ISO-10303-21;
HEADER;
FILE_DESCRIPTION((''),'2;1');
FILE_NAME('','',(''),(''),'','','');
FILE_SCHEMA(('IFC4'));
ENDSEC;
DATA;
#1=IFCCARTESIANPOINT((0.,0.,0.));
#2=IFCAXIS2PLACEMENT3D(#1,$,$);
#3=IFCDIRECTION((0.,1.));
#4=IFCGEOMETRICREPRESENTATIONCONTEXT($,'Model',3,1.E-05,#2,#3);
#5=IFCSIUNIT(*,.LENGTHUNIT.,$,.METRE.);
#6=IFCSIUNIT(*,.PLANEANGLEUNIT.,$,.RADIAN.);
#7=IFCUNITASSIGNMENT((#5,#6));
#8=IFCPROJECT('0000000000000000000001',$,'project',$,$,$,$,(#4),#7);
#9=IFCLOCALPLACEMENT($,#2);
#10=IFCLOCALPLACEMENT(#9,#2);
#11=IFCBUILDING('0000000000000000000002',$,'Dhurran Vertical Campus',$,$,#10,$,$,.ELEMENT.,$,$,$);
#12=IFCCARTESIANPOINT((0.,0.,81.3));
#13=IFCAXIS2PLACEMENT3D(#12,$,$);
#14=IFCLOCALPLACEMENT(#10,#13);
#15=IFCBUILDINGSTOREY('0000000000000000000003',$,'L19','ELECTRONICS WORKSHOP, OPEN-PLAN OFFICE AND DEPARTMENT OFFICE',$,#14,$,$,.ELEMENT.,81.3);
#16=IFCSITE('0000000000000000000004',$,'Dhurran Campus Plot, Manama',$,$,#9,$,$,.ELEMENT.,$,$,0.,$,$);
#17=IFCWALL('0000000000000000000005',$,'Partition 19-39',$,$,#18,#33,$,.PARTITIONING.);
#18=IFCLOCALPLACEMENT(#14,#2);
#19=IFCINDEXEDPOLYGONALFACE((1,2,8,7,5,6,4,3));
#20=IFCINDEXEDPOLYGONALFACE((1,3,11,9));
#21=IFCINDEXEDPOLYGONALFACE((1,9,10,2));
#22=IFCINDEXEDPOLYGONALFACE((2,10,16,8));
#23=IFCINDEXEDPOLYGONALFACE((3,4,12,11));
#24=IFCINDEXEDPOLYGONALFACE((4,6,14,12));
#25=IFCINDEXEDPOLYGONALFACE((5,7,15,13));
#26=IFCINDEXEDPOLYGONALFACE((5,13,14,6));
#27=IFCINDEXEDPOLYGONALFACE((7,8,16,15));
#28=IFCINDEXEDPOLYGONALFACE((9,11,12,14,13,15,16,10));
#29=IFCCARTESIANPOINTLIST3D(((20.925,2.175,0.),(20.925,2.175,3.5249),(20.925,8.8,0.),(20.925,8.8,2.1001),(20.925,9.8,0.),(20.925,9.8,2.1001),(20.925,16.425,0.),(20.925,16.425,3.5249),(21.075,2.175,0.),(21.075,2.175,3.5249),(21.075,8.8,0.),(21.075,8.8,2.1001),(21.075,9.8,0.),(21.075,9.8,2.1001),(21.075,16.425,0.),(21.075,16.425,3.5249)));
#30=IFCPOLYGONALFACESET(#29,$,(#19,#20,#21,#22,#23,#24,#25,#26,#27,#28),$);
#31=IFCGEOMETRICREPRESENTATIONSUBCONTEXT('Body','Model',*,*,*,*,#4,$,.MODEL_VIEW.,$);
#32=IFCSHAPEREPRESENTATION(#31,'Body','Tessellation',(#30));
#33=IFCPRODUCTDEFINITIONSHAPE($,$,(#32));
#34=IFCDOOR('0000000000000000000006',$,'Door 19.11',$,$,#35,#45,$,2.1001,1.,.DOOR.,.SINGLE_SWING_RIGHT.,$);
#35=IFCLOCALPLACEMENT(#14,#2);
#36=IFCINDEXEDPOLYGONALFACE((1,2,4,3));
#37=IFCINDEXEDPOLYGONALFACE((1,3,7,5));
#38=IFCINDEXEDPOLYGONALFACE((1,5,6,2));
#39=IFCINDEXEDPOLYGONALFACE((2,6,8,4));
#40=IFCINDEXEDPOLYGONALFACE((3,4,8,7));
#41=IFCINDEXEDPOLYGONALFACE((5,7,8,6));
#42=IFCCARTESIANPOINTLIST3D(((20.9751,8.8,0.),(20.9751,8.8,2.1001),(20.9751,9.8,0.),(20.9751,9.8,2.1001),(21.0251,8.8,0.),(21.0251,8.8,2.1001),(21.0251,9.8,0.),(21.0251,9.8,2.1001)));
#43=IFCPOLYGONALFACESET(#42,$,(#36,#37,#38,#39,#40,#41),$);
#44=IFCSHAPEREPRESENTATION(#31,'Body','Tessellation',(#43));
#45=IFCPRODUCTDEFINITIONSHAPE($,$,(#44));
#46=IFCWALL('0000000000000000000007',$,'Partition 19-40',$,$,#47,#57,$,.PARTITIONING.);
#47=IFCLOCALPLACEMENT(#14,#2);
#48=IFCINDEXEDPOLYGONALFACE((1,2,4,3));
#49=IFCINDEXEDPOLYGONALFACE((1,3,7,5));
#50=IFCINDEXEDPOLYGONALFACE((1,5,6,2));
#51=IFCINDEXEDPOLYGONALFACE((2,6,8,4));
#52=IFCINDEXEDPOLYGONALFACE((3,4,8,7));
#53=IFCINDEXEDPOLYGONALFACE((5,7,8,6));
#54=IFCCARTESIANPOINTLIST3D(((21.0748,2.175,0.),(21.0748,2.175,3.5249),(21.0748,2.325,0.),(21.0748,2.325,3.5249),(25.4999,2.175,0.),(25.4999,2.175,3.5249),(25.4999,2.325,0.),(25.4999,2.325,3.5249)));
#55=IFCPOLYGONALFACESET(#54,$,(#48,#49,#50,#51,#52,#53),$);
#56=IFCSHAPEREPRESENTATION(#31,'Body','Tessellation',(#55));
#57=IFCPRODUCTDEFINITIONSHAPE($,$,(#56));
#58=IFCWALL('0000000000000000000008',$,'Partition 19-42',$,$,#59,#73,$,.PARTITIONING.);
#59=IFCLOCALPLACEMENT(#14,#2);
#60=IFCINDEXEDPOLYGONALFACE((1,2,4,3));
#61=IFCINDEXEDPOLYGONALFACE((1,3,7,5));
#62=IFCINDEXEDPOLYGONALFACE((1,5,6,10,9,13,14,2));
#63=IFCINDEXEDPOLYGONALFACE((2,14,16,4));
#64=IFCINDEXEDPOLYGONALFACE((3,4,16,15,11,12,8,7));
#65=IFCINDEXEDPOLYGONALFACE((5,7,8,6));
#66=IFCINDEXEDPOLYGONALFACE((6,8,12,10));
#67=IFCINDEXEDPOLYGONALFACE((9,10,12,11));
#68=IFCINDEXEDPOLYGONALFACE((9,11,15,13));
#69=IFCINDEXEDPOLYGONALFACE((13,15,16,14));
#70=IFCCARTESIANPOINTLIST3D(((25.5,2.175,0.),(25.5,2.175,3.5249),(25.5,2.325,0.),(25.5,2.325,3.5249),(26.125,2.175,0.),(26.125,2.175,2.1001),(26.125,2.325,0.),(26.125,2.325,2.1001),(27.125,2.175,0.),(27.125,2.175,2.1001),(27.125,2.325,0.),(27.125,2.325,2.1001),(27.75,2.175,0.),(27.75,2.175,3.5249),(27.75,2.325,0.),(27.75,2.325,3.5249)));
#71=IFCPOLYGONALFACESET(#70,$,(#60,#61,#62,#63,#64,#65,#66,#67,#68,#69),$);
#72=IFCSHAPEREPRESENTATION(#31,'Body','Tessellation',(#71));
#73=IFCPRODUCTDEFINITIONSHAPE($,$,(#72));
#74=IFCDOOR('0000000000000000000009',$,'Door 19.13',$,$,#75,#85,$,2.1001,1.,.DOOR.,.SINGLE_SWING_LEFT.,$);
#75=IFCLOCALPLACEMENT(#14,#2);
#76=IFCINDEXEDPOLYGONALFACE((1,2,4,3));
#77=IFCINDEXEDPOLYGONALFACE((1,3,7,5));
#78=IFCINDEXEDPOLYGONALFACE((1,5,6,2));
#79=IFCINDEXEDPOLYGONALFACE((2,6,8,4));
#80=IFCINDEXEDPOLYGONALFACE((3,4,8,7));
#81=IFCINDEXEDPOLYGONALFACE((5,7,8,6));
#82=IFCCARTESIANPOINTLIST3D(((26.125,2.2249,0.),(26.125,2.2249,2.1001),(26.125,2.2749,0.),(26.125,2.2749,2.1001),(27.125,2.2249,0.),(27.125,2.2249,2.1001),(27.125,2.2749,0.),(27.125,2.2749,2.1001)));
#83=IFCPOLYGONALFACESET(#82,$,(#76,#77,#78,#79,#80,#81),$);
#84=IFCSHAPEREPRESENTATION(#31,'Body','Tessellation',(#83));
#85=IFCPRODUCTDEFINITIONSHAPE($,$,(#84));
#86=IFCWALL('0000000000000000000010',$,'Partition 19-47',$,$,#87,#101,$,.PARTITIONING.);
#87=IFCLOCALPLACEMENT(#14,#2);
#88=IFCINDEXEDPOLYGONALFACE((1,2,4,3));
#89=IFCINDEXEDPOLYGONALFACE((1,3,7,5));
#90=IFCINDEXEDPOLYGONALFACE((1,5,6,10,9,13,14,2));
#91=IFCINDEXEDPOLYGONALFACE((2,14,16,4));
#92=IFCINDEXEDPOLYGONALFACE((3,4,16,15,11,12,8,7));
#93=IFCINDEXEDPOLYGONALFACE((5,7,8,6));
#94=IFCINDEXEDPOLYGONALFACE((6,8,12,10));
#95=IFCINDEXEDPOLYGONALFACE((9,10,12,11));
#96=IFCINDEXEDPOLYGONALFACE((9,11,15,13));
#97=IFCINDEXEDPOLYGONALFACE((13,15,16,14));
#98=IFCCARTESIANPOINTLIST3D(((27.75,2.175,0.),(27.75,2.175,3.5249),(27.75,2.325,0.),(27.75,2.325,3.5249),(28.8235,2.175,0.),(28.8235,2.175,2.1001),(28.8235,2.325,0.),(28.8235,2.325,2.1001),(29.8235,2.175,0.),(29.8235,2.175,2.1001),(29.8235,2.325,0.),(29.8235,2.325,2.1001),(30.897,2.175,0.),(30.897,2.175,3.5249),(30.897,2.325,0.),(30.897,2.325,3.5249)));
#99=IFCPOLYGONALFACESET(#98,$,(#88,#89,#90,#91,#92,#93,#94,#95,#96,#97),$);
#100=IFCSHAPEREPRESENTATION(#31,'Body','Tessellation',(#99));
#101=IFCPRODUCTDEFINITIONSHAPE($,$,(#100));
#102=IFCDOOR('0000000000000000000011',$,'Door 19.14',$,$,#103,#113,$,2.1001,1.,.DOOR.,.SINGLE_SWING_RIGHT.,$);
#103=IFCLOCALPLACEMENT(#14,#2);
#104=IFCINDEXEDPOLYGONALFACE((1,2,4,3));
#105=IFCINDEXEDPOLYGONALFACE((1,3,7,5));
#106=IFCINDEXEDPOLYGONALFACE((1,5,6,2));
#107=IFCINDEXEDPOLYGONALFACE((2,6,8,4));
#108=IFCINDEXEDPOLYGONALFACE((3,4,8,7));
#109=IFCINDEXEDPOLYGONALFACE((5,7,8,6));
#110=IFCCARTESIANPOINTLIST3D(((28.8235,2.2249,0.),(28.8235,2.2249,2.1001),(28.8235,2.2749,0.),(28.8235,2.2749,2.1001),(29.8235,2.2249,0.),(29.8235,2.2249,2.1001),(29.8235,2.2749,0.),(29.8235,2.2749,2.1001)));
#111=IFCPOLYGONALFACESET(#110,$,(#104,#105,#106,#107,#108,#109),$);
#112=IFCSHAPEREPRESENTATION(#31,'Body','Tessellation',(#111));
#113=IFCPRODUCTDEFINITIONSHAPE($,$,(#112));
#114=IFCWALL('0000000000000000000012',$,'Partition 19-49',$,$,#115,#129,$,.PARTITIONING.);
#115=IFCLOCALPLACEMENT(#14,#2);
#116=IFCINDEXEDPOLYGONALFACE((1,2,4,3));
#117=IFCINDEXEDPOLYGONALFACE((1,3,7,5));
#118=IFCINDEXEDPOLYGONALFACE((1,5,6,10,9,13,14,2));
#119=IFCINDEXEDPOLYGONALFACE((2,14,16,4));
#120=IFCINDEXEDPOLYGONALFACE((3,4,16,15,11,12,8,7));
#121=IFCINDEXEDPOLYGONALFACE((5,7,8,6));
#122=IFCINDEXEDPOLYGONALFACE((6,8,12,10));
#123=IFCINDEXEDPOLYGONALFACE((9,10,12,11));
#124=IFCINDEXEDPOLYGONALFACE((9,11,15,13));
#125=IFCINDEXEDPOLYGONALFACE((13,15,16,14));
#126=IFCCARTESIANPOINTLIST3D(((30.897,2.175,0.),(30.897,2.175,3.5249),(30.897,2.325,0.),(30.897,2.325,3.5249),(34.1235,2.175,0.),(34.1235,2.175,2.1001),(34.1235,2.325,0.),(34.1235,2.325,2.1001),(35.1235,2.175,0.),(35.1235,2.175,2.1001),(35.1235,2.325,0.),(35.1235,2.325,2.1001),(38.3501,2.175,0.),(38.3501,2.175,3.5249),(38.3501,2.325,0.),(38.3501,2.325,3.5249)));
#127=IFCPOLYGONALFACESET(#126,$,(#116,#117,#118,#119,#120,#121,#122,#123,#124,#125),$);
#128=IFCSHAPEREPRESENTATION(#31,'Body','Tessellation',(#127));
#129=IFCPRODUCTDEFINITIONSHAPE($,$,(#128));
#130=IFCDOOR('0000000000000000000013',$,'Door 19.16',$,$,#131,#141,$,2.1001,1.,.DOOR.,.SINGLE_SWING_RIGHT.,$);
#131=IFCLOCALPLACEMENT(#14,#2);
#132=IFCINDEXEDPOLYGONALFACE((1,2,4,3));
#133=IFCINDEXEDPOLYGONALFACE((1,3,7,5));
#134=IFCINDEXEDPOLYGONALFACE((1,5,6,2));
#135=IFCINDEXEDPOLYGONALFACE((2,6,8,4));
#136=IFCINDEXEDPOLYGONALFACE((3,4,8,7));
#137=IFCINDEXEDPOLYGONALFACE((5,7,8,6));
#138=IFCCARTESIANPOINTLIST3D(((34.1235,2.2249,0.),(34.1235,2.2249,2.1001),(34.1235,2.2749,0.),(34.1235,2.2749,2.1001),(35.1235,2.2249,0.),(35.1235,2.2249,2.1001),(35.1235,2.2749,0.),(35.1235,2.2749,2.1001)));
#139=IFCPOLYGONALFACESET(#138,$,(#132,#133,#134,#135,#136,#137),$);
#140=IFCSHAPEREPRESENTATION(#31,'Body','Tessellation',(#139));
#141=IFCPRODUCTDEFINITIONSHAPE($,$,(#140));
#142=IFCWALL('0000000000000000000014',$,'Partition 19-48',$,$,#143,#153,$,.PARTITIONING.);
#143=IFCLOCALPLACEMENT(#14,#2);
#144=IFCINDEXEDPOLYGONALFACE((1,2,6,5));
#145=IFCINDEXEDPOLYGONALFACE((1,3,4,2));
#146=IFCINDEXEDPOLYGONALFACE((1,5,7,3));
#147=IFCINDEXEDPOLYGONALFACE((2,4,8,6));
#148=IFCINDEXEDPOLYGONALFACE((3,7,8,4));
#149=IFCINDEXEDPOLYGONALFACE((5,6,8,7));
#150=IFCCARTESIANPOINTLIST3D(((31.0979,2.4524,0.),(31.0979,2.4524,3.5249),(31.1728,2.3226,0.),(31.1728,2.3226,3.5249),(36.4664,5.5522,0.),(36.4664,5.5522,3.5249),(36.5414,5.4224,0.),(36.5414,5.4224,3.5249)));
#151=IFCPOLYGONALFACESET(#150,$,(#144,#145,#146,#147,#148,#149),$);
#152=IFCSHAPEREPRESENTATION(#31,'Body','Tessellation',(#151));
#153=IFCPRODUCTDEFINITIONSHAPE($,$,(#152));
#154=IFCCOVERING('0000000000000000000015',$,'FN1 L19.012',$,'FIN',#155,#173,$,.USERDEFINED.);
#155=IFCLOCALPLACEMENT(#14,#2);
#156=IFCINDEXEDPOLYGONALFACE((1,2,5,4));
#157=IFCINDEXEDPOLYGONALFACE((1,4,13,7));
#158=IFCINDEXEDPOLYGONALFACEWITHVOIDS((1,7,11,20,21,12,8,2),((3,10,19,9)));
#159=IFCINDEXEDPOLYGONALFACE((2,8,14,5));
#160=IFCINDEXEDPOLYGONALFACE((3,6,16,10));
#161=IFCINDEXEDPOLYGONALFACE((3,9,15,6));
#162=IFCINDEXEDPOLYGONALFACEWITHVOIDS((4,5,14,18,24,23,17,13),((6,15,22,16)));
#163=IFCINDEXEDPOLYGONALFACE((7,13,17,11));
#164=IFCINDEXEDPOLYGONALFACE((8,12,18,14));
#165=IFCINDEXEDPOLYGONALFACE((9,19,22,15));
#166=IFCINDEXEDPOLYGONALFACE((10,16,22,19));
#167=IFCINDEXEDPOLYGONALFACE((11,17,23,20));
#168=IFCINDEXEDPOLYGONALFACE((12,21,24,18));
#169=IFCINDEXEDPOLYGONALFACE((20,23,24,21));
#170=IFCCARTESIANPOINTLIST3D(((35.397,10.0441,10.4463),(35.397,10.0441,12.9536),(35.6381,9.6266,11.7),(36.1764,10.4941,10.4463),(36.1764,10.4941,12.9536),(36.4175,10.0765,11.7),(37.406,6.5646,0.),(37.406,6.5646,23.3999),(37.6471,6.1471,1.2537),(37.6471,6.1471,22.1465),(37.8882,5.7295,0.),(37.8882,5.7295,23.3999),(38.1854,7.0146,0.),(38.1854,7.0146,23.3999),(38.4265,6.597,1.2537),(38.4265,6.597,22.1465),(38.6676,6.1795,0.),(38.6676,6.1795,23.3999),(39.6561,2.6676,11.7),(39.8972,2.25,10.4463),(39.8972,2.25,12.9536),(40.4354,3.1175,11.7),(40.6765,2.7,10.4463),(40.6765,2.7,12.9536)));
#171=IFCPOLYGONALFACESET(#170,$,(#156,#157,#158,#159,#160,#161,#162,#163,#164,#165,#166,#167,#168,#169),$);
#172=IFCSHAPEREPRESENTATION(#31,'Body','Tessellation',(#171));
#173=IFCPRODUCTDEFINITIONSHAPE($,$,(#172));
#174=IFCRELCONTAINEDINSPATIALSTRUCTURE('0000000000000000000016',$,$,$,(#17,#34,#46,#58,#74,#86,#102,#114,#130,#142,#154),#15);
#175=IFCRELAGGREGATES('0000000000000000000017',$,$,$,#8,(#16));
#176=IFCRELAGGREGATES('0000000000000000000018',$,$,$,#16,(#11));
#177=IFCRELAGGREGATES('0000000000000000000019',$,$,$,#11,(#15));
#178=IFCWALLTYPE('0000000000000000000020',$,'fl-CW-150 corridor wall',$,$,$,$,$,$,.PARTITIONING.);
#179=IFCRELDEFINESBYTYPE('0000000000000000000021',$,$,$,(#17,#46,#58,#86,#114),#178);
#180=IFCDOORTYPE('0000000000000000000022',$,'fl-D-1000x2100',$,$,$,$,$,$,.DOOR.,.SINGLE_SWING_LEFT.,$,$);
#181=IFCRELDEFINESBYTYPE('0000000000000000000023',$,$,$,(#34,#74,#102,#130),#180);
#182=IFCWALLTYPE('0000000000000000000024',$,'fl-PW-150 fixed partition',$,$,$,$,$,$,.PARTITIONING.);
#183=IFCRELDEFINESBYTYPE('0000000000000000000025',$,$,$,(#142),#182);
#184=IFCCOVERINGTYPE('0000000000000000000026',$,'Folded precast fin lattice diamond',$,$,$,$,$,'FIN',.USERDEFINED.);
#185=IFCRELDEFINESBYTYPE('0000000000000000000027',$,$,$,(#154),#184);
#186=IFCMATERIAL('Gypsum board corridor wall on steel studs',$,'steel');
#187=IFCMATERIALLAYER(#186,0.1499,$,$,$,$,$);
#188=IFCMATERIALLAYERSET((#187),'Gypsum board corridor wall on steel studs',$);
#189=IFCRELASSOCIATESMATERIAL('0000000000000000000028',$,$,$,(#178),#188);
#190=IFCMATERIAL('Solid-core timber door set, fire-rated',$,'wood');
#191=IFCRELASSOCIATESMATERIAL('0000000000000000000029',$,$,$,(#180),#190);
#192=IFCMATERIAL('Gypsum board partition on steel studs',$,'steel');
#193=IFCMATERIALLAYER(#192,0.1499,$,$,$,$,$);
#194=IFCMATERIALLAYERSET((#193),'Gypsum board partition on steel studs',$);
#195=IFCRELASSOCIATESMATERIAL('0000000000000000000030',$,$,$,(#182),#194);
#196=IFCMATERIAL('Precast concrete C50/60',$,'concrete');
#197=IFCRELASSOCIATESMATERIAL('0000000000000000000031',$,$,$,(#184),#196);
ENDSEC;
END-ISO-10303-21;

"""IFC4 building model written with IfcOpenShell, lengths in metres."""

from ifc_helpers import new_model, si_unit, direction, frame, frame_2d, origin, place, context, subcontext, project, spatial, polyline, rectangle, outline, extrude, material, layer, layer_set, type_object, element, fill, save


model = new_model("IFC4")

# Units and contexts
model_context = context("Model", 3, precision=1e-05, world=origin(), true_north=direction((0.0, 1.0)))
body_context = subcontext(model_context, "Body", "Model", "MODEL_VIEW")
ifc_project = project(units=[si_unit("LENGTHUNIT", "METRE"), si_unit("PLANEANGLEUNIT", "RADIAN")], contexts=[model_context])

# Site, building, storey
site_placement = place(None, origin())
site = spatial("IfcSite", under=ifc_project, at=site_placement, Name="Dhurran Campus Plot, Manama", CompositionType="ELEMENT", RefElevation=0.0)
building_placement = place(site_placement, origin())
building = spatial("IfcBuilding", under=site, at=building_placement, Name="Dhurran Vertical Campus", CompositionType="ELEMENT")
storey_placement = place(building_placement, frame((0.0, 0.0, 81.3)))
storey = spatial("IfcBuildingStorey", under=building, at=storey_placement, Name="L19", Description="ELECTRONICS WORKSHOP, OPEN-PLAN OFFICE AND DEPARTMENT OFFICE", CompositionType="ELEMENT", Elevation=81.3)

# Wall, opening, door
ifc_material_1 = material(Name="Gypsum board corridor wall on steel studs", Category="steel")
ifc_layer_1 = layer(ifc_material_1, 0.1499)
ifc_layer_set_1 = layer_set([ifc_layer_1], Name="Gypsum board corridor wall on steel studs")
wall_type_1 = type_object("IfcWallType", Name="fl-CW-150 corridor wall", PredefinedType="PARTITIONING", material=ifc_layer_set_1)
wall_1_placement = place(storey_placement, frame((21.0, 2.175, 0.0), z_axis=(0.0, 0.0, 1.0), x_axis=(0.0, 1.0, 0.0)))
wall_1 = element("IfcWall", 1, at=wall_1_placement, inside=storey, type_object=wall_type_1, Name="Partition 19-39", PredefinedType="PARTITIONING", context=body_context, shape_type="SweptSolid", body=[
    extrude(rectangle(XDim=14.25, YDim=0.1499, at=frame_2d((7.125, 0.0))), origin(), (0.0, 0.0, 1.0), 3.5249),
])
opening_1_placement = place(wall_1_placement, frame((6.625, 0.0, 0.0)))
opening_1 = element("IfcOpeningElement", 2, at=opening_1_placement, cuts=wall_1, PredefinedType="OPENING", context=body_context, shape_type="SweptSolid", body=[
    extrude(rectangle(XDim=1.0, YDim=2.1001, at=frame_2d((0.5, 1.05))), frame((0.0, 0.085, 0.0), z_axis=(0.0, -1.0, 0.0), x_axis=(1.0, 0.0, 0.0)), (0.0, 0.0, 1.0), 0.1699),
])
ifc_material_2 = material(Name="Solid-core timber door set, fire-rated", Category="wood")
door_type_1 = type_object("IfcDoorType", Name="fl-D-1000x2100", OperationType="SINGLE_SWING_LEFT", PredefinedType="DOOR", material=ifc_material_2)
door_1_placement = place(opening_1_placement, origin())
door_1 = element("IfcDoor", 3, at=door_1_placement, inside=storey, type_object=door_type_1, Name="Door 19.11", OperationType="SINGLE_SWING_RIGHT", OverallHeight=2.1001, OverallWidth=1.0, PredefinedType="DOOR", context=body_context, shape_type="SweptSolid", body=[
    extrude(rectangle(XDim=1.0, YDim=2.1001, at=frame_2d((0.5, 1.05))), frame((0.0, 0.0249, 0.0), z_axis=(0.0, -1.0, 0.0), x_axis=(1.0, 0.0, 0.0)), (0.0, 0.0, 1.0), 0.05),
])
fill(opening_1, door_1)

# Wall
wall_2_placement = place(storey_placement, frame((21.075, 2.25, 0.0), z_axis=(0.0, 0.0, 1.0), x_axis=(1.0, 0.0, 0.0)))
element("IfcWall", 4, at=wall_2_placement, inside=storey, type_object=wall_type_1, Name="Partition 19-40", PredefinedType="PARTITIONING", context=body_context, shape_type="SweptSolid", body=[
    extrude(rectangle(XDim=4.425, YDim=0.1499, at=frame_2d((2.2124, 0.0))), origin(), (0.0, 0.0, 1.0), 3.5249),
])

# Walls, openings, doors
wall_3_placement = place(storey_placement, frame((25.5, 2.25, 0.0), z_axis=(0.0, 0.0, 1.0), x_axis=(1.0, 0.0, 0.0)))
wall_3 = element("IfcWall", 5, at=wall_3_placement, inside=storey, type_object=wall_type_1, Name="Partition 19-42", PredefinedType="PARTITIONING", context=body_context, shape_type="SweptSolid", body=[
    extrude(rectangle(XDim=2.25, YDim=0.1499, at=frame_2d((1.125, 0.0))), origin(), (0.0, 0.0, 1.0), 3.5249),
])
opening_2_placement = place(wall_3_placement, frame((0.625, 0.0, 0.0)))
opening_2 = element("IfcOpeningElement", 6, at=opening_2_placement, cuts=wall_3, PredefinedType="OPENING", context=body_context, shape_type="SweptSolid", body=[
    extrude(rectangle(XDim=1.0, YDim=2.1001, at=frame_2d((0.5, 1.05))), frame((0.0, 0.085, 0.0), z_axis=(0.0, -1.0, 0.0), x_axis=(1.0, 0.0, 0.0)), (0.0, 0.0, 1.0), 0.1699),
])
door_2_placement = place(opening_2_placement, origin())
door_2 = element("IfcDoor", 7, at=door_2_placement, inside=storey, type_object=door_type_1, Name="Door 19.13", OperationType="SINGLE_SWING_LEFT", OverallHeight=2.1001, OverallWidth=1.0, PredefinedType="DOOR", context=body_context, shape_type="SweptSolid", body=[
    extrude(rectangle(XDim=1.0, YDim=2.1001, at=frame_2d((0.5, 1.05))), frame((0.0, 0.0249, 0.0), z_axis=(0.0, -1.0, 0.0), x_axis=(1.0, 0.0, 0.0)), (0.0, 0.0, 1.0), 0.05),
])
fill(opening_2, door_2)
wall_4_placement = place(storey_placement, frame((27.75, 2.25, 0.0), z_axis=(0.0, 0.0, 1.0), x_axis=(1.0, 0.0, 0.0)))
wall_4 = element("IfcWall", 8, at=wall_4_placement, inside=storey, type_object=wall_type_1, Name="Partition 19-47", PredefinedType="PARTITIONING", context=body_context, shape_type="SweptSolid", body=[
    extrude(rectangle(XDim=3.147, YDim=0.1499, at=frame_2d((1.5735, 0.0))), origin(), (0.0, 0.0, 1.0), 3.5249),
])
opening_3_placement = place(wall_4_placement, frame((1.0735, 0.0, 0.0)))
opening_3 = element("IfcOpeningElement", 9, at=opening_3_placement, cuts=wall_4, PredefinedType="OPENING", context=body_context, shape_type="SweptSolid", body=[
    extrude(rectangle(XDim=1.0, YDim=2.1001, at=frame_2d((0.5, 1.05))), frame((0.0, 0.085, 0.0), z_axis=(0.0, -1.0, 0.0), x_axis=(1.0, 0.0, 0.0)), (0.0, 0.0, 1.0), 0.1699),
])
door_3_placement = place(opening_3_placement, origin())
door_3 = element("IfcDoor", 10, at=door_3_placement, inside=storey, type_object=door_type_1, Name="Door 19.14", OperationType="SINGLE_SWING_RIGHT", OverallHeight=2.1001, OverallWidth=1.0, PredefinedType="DOOR", context=body_context, shape_type="SweptSolid", body=[
    extrude(rectangle(XDim=1.0, YDim=2.1001, at=frame_2d((0.5, 1.05))), frame((0.0, 0.0249, 0.0), z_axis=(0.0, -1.0, 0.0), x_axis=(1.0, 0.0, 0.0)), (0.0, 0.0, 1.0), 0.05),
])
fill(opening_3, door_3)
wall_5_placement = place(storey_placement, frame((30.897, 2.25, 0.0), z_axis=(0.0, 0.0, 1.0), x_axis=(1.0, 0.0, 0.0)))
wall_5 = element("IfcWall", 11, at=wall_5_placement, inside=storey, type_object=wall_type_1, Name="Partition 19-49", PredefinedType="PARTITIONING", context=body_context, shape_type="SweptSolid", body=[
    extrude(rectangle(XDim=7.4531, YDim=0.1499, at=frame_2d((3.7266, 0.0))), origin(), (0.0, 0.0, 1.0), 3.5249),
])
opening_4_placement = place(wall_5_placement, frame((3.2266, 0.0, 0.0)))
opening_4 = element("IfcOpeningElement", 12, at=opening_4_placement, cuts=wall_5, PredefinedType="OPENING", context=body_context, shape_type="SweptSolid", body=[
    extrude(rectangle(XDim=1.0, YDim=2.1001, at=frame_2d((0.5, 1.05))), frame((0.0, 0.085, 0.0), z_axis=(0.0, -1.0, 0.0), x_axis=(1.0, 0.0, 0.0)), (0.0, 0.0, 1.0), 0.1699),
])
door_4_placement = place(opening_4_placement, origin())
door_4 = element("IfcDoor", 13, at=door_4_placement, inside=storey, type_object=door_type_1, Name="Door 19.16", OperationType="SINGLE_SWING_RIGHT", OverallHeight=2.1001, OverallWidth=1.0, PredefinedType="DOOR", context=body_context, shape_type="SweptSolid", body=[
    extrude(rectangle(XDim=1.0, YDim=2.1001, at=frame_2d((0.5, 1.05))), frame((0.0, 0.0249, 0.0), z_axis=(0.0, -1.0, 0.0), x_axis=(1.0, 0.0, 0.0)), (0.0, 0.0, 1.0), 0.05),
])
fill(opening_4, door_4)

# Wall
ifc_material_3 = material(Name="Gypsum board partition on steel studs", Category="steel")
ifc_layer_2 = layer(ifc_material_3, 0.1499)
ifc_layer_set_2 = layer_set([ifc_layer_2], Name="Gypsum board partition on steel studs")
wall_type_2 = type_object("IfcWallType", Name="fl-PW-150 fixed partition", PredefinedType="PARTITIONING", material=ifc_layer_set_2)
wall_6_placement = place(storey_placement, frame((36.5039, 5.4873, 0.0), z_axis=(0.0, 0.0, 1.0), x_axis=(-0.866007, -0.500032, 0.0)))
element("IfcWall", 14, at=wall_6_placement, inside=storey, type_object=wall_type_2, Name="Partition 19-48", PredefinedType="PARTITIONING", context=body_context, shape_type="SweptSolid", body=[
    extrude(rectangle(XDim=6.1992, YDim=0.1499, at=frame_2d((3.0996, 0.0))), origin(), (0.0, 0.0, 1.0), 3.5249),
])

# Covering
ifc_material_4 = material(Name="Precast concrete C50/60", Category="concrete")
covering_type = type_object("IfcCoveringType", Name="Folded precast fin lattice diamond", ElementType="FIN", PredefinedType="USERDEFINED", material=ifc_material_4)
for number, where, z_axis, x_axis, name in (
    (15, (39.8972, 2.25, 0.0), (0.866014, 0.50002, 0.0), (-0.50002, 0.866014, 0.0), "FN1 L19.012"),
):
    element("IfcCovering", number, at=place(storey_placement, frame(where, z_axis=z_axis, x_axis=x_axis)), inside=storey, type_object=covering_type, Name=name, ObjectType="FIN", PredefinedType="USERDEFINED", context=body_context, shape_type="SweptSolid", body=[
        extrude(outline(polyline([(9.0, 12.9536), (9.0, 10.4463), (4.9822, 0.0), (4.0178, 0.0), (0.0, 10.4463), (0.0, 12.9536), (4.0178, 23.3999), (4.9822, 23.3999), (9.0, 12.9536)]), holes=[polyline([(8.5178, 11.7), (4.5, 22.1465), (0.4822, 11.7), (4.5, 1.2537), (8.5178, 11.7)])]), origin(), (0.0, 0.0, 1.0), 0.8999),
    ])

save(model, "model.ifc")
